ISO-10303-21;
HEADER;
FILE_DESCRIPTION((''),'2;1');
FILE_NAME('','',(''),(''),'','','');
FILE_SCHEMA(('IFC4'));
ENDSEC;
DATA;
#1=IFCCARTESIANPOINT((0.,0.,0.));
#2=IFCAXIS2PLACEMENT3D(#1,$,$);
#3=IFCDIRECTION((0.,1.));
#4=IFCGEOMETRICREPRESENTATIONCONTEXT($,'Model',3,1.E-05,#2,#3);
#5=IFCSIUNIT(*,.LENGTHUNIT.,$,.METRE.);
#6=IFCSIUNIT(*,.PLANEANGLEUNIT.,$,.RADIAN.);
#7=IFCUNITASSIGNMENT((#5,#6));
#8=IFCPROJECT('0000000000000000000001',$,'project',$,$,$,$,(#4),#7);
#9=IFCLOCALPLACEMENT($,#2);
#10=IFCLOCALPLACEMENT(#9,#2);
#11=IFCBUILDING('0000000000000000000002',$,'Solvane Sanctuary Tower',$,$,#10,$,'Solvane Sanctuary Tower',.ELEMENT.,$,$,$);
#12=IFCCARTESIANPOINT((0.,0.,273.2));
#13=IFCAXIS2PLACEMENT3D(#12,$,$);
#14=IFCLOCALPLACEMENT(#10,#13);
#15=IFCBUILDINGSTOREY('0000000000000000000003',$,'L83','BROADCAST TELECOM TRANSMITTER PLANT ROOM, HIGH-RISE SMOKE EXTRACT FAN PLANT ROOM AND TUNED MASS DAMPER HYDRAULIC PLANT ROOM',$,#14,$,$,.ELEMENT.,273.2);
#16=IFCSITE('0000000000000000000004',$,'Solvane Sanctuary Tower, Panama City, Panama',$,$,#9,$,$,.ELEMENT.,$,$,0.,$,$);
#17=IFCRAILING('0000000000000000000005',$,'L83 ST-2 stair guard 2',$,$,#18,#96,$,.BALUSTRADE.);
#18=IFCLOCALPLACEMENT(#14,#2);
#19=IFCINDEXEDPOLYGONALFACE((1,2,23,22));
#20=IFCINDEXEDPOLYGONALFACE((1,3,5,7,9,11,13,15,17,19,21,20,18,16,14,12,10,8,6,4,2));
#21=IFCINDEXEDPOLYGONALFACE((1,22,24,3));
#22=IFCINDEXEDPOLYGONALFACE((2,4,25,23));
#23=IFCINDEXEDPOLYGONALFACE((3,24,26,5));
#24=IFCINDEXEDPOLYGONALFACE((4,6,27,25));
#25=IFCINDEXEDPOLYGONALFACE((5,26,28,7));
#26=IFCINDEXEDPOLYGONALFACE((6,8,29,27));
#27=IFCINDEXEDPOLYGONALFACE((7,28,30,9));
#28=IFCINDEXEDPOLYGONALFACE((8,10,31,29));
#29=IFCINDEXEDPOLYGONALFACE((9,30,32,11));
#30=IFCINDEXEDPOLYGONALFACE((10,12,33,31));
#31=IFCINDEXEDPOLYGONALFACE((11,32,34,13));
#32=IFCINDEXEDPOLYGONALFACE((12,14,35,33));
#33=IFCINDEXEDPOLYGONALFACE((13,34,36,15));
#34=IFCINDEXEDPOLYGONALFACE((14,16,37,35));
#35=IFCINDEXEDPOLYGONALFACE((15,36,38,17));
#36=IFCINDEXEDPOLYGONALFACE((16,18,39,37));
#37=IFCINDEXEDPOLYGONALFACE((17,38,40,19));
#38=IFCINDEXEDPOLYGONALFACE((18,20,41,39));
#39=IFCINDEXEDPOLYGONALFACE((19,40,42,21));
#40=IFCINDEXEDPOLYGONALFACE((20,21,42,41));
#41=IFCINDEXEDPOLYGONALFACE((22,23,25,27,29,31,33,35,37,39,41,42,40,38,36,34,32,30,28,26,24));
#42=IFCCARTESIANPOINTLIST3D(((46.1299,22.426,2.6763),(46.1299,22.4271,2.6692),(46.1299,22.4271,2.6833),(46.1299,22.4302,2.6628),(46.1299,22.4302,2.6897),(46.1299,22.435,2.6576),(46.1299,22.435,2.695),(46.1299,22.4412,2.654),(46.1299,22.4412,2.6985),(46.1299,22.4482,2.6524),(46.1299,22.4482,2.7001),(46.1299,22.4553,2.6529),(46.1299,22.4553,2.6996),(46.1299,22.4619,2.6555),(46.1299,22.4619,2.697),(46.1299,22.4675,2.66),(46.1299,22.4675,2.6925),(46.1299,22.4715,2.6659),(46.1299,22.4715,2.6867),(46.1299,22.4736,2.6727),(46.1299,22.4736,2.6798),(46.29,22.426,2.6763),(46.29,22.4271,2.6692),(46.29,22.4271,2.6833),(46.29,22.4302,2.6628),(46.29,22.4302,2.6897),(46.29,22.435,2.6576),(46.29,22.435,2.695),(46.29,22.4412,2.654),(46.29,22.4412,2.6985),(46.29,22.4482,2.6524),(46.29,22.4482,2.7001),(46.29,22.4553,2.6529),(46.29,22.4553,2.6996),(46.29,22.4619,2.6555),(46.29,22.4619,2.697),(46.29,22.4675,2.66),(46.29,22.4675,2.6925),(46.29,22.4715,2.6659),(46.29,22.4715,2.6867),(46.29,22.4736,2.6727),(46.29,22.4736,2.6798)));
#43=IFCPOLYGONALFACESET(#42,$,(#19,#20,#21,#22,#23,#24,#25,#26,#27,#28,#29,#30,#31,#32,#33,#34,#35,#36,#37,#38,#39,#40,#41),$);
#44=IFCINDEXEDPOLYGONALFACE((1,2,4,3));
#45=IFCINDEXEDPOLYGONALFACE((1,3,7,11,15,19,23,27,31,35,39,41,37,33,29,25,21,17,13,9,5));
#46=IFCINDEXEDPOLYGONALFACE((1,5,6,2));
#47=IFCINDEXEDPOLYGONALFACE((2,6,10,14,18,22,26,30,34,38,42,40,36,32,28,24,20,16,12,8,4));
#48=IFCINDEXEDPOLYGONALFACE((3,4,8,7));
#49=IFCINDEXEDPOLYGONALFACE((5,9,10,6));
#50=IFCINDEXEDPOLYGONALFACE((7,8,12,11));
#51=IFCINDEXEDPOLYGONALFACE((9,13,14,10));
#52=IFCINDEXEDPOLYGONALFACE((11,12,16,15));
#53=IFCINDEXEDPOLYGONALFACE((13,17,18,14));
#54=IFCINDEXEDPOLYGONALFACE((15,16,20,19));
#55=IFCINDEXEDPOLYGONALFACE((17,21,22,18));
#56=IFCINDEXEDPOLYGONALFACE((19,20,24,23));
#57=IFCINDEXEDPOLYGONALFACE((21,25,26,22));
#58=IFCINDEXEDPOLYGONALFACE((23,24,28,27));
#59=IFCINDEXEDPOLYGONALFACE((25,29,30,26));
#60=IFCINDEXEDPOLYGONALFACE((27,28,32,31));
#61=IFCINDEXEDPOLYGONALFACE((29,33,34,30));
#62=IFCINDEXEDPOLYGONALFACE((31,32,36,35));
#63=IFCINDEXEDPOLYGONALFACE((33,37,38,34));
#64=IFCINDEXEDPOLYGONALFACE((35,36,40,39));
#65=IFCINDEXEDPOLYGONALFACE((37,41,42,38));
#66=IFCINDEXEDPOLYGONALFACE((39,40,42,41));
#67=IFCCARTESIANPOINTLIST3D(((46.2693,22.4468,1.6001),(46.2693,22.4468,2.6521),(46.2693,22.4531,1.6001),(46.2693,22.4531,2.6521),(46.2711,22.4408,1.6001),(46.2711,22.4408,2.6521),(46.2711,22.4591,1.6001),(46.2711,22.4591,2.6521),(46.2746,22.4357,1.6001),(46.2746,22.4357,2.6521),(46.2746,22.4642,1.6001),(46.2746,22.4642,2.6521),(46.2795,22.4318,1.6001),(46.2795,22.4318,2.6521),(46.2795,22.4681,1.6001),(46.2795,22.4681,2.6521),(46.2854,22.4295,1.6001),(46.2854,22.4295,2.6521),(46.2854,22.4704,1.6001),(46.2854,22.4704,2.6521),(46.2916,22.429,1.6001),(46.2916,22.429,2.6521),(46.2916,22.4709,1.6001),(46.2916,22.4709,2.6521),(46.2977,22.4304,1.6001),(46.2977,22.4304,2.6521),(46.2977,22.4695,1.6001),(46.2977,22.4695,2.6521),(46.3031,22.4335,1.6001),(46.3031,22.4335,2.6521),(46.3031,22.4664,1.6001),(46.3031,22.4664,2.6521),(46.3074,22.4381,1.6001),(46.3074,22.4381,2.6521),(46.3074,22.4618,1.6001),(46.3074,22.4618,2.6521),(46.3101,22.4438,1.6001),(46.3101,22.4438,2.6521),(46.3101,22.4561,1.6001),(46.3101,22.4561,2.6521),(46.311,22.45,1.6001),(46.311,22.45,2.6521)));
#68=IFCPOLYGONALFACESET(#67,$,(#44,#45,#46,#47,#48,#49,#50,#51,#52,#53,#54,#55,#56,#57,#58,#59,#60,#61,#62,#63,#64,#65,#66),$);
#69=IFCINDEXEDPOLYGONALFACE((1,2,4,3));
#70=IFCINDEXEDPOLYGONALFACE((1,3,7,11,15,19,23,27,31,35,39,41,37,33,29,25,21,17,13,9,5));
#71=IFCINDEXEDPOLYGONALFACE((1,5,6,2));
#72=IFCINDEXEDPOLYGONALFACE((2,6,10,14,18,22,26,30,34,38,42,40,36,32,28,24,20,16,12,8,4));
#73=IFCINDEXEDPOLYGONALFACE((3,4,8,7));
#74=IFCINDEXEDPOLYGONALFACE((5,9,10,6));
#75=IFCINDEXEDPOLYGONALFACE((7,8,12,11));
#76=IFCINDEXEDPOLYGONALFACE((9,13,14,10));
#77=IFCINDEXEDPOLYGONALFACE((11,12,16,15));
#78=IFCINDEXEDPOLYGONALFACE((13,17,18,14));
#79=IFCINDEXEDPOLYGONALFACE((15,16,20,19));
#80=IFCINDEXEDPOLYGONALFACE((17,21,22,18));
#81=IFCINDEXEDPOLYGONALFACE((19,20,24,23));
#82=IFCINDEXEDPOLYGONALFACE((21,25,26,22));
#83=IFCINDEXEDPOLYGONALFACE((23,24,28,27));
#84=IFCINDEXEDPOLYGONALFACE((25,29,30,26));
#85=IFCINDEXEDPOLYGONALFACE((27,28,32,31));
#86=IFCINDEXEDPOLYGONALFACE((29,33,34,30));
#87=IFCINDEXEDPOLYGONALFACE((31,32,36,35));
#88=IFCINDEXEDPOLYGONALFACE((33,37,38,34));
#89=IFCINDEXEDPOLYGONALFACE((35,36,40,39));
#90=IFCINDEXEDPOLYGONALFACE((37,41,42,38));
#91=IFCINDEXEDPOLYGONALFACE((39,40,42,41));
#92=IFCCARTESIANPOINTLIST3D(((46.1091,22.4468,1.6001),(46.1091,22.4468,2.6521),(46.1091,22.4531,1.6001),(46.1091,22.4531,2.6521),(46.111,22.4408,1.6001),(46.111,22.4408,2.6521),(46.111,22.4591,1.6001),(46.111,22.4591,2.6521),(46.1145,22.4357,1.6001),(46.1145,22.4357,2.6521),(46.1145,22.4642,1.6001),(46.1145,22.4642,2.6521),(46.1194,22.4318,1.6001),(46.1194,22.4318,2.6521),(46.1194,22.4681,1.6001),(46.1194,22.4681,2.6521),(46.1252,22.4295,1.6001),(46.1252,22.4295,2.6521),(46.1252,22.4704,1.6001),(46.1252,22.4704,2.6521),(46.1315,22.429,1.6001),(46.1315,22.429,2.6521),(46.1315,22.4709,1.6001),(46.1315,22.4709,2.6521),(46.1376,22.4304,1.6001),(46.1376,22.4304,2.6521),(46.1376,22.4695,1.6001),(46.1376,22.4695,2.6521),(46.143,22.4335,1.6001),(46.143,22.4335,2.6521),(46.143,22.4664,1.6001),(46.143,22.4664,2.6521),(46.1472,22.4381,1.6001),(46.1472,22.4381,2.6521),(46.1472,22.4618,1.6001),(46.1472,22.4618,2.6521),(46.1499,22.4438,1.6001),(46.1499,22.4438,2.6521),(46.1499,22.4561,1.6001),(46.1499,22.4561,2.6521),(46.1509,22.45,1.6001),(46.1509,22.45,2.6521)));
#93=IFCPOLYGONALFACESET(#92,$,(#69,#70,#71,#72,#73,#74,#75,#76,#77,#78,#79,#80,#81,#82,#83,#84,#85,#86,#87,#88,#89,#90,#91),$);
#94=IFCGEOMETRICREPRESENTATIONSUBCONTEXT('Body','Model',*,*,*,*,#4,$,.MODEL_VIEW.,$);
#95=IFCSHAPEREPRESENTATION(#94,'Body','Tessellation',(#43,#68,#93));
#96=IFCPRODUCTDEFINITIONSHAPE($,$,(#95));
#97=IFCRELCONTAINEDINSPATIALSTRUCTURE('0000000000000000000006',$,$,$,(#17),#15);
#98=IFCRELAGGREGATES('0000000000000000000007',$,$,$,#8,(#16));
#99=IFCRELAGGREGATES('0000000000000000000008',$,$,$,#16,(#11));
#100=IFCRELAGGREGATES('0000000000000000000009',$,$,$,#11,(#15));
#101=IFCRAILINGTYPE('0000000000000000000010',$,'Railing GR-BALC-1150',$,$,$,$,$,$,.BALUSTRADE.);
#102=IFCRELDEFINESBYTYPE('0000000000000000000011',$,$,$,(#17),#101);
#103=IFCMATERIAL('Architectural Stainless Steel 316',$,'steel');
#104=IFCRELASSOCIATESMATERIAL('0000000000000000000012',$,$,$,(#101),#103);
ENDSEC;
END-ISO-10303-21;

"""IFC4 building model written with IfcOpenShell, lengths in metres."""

from ifc_helpers import new_model, si_unit, direction, frame, origin, origin_2d, place, context, subcontext, project, spatial, circle, extrude, material, type_object, element, save


model = new_model("IFC4")

# Units and contexts
model_context = context("Model", 3, precision=1e-05, world=origin(), true_north=direction((0.0, 1.0)))
body_context = subcontext(model_context, "Body", "Model", "MODEL_VIEW")
ifc_project = project(units=[si_unit("LENGTHUNIT", "METRE"), si_unit("PLANEANGLEUNIT", "RADIAN")], contexts=[model_context])

# Site, building, storey
site_placement = place(None, origin())
site = spatial("IfcSite", under=ifc_project, at=site_placement, Name="Solvane Sanctuary Tower, Panama City, Panama", CompositionType="ELEMENT", RefElevation=0.0)
building_placement = place(site_placement, origin())
building = spatial("IfcBuilding", under=site, at=building_placement, Name="Solvane Sanctuary Tower", LongName="Solvane Sanctuary Tower", CompositionType="ELEMENT")
storey_placement = place(building_placement, frame((0.0, 0.0, 273.2)))
storey = spatial("IfcBuildingStorey", under=building, at=storey_placement, Name="L83", Description="BROADCAST TELECOM TRANSMITTER PLANT ROOM, HIGH-RISE SMOKE EXTRACT FAN PLANT ROOM AND TUNED MASS DAMPER HYDRAULIC PLANT ROOM", CompositionType="ELEMENT", Elevation=273.2)

# Shared definitions
ifc_material_1 = material(Name="Architectural Stainless Steel 316", Category="steel")

# Railing
railing_type_1 = type_object("IfcRailingType", Name="Railing GR-BALC-1150", PredefinedType="BALUSTRADE", material=ifc_material_1)
railing_1_placement = place(storey_placement, frame((46.29, 22.45, 1.6001)))
element("IfcRailing", 1, at=railing_1_placement, inside=storey, type_object=railing_type_1, Name="L83 ST-2 stair guard 2", PredefinedType="BALUSTRADE", context=body_context, shape_type="SweptSolid", body=[
    extrude(circle(Radius=0.0239, at=origin_2d()), frame((0.0, 0.0, 1.0762), z_axis=(-1.0, 0.0, 0.0), x_axis=(0.0, -1.0, 0.0)), (0.0, 0.0, 1.0), 0.1602),
    extrude(circle(Radius=0.021, at=origin_2d()), origin(), (0.0, 0.0, 1.0), 1.052),
    extrude(circle(Radius=0.021, at=origin_2d()), frame((-0.1602, 0.0, 0.0)), (0.0, 0.0, 1.0), 1.052),
])

save(model, "model.ifc")
